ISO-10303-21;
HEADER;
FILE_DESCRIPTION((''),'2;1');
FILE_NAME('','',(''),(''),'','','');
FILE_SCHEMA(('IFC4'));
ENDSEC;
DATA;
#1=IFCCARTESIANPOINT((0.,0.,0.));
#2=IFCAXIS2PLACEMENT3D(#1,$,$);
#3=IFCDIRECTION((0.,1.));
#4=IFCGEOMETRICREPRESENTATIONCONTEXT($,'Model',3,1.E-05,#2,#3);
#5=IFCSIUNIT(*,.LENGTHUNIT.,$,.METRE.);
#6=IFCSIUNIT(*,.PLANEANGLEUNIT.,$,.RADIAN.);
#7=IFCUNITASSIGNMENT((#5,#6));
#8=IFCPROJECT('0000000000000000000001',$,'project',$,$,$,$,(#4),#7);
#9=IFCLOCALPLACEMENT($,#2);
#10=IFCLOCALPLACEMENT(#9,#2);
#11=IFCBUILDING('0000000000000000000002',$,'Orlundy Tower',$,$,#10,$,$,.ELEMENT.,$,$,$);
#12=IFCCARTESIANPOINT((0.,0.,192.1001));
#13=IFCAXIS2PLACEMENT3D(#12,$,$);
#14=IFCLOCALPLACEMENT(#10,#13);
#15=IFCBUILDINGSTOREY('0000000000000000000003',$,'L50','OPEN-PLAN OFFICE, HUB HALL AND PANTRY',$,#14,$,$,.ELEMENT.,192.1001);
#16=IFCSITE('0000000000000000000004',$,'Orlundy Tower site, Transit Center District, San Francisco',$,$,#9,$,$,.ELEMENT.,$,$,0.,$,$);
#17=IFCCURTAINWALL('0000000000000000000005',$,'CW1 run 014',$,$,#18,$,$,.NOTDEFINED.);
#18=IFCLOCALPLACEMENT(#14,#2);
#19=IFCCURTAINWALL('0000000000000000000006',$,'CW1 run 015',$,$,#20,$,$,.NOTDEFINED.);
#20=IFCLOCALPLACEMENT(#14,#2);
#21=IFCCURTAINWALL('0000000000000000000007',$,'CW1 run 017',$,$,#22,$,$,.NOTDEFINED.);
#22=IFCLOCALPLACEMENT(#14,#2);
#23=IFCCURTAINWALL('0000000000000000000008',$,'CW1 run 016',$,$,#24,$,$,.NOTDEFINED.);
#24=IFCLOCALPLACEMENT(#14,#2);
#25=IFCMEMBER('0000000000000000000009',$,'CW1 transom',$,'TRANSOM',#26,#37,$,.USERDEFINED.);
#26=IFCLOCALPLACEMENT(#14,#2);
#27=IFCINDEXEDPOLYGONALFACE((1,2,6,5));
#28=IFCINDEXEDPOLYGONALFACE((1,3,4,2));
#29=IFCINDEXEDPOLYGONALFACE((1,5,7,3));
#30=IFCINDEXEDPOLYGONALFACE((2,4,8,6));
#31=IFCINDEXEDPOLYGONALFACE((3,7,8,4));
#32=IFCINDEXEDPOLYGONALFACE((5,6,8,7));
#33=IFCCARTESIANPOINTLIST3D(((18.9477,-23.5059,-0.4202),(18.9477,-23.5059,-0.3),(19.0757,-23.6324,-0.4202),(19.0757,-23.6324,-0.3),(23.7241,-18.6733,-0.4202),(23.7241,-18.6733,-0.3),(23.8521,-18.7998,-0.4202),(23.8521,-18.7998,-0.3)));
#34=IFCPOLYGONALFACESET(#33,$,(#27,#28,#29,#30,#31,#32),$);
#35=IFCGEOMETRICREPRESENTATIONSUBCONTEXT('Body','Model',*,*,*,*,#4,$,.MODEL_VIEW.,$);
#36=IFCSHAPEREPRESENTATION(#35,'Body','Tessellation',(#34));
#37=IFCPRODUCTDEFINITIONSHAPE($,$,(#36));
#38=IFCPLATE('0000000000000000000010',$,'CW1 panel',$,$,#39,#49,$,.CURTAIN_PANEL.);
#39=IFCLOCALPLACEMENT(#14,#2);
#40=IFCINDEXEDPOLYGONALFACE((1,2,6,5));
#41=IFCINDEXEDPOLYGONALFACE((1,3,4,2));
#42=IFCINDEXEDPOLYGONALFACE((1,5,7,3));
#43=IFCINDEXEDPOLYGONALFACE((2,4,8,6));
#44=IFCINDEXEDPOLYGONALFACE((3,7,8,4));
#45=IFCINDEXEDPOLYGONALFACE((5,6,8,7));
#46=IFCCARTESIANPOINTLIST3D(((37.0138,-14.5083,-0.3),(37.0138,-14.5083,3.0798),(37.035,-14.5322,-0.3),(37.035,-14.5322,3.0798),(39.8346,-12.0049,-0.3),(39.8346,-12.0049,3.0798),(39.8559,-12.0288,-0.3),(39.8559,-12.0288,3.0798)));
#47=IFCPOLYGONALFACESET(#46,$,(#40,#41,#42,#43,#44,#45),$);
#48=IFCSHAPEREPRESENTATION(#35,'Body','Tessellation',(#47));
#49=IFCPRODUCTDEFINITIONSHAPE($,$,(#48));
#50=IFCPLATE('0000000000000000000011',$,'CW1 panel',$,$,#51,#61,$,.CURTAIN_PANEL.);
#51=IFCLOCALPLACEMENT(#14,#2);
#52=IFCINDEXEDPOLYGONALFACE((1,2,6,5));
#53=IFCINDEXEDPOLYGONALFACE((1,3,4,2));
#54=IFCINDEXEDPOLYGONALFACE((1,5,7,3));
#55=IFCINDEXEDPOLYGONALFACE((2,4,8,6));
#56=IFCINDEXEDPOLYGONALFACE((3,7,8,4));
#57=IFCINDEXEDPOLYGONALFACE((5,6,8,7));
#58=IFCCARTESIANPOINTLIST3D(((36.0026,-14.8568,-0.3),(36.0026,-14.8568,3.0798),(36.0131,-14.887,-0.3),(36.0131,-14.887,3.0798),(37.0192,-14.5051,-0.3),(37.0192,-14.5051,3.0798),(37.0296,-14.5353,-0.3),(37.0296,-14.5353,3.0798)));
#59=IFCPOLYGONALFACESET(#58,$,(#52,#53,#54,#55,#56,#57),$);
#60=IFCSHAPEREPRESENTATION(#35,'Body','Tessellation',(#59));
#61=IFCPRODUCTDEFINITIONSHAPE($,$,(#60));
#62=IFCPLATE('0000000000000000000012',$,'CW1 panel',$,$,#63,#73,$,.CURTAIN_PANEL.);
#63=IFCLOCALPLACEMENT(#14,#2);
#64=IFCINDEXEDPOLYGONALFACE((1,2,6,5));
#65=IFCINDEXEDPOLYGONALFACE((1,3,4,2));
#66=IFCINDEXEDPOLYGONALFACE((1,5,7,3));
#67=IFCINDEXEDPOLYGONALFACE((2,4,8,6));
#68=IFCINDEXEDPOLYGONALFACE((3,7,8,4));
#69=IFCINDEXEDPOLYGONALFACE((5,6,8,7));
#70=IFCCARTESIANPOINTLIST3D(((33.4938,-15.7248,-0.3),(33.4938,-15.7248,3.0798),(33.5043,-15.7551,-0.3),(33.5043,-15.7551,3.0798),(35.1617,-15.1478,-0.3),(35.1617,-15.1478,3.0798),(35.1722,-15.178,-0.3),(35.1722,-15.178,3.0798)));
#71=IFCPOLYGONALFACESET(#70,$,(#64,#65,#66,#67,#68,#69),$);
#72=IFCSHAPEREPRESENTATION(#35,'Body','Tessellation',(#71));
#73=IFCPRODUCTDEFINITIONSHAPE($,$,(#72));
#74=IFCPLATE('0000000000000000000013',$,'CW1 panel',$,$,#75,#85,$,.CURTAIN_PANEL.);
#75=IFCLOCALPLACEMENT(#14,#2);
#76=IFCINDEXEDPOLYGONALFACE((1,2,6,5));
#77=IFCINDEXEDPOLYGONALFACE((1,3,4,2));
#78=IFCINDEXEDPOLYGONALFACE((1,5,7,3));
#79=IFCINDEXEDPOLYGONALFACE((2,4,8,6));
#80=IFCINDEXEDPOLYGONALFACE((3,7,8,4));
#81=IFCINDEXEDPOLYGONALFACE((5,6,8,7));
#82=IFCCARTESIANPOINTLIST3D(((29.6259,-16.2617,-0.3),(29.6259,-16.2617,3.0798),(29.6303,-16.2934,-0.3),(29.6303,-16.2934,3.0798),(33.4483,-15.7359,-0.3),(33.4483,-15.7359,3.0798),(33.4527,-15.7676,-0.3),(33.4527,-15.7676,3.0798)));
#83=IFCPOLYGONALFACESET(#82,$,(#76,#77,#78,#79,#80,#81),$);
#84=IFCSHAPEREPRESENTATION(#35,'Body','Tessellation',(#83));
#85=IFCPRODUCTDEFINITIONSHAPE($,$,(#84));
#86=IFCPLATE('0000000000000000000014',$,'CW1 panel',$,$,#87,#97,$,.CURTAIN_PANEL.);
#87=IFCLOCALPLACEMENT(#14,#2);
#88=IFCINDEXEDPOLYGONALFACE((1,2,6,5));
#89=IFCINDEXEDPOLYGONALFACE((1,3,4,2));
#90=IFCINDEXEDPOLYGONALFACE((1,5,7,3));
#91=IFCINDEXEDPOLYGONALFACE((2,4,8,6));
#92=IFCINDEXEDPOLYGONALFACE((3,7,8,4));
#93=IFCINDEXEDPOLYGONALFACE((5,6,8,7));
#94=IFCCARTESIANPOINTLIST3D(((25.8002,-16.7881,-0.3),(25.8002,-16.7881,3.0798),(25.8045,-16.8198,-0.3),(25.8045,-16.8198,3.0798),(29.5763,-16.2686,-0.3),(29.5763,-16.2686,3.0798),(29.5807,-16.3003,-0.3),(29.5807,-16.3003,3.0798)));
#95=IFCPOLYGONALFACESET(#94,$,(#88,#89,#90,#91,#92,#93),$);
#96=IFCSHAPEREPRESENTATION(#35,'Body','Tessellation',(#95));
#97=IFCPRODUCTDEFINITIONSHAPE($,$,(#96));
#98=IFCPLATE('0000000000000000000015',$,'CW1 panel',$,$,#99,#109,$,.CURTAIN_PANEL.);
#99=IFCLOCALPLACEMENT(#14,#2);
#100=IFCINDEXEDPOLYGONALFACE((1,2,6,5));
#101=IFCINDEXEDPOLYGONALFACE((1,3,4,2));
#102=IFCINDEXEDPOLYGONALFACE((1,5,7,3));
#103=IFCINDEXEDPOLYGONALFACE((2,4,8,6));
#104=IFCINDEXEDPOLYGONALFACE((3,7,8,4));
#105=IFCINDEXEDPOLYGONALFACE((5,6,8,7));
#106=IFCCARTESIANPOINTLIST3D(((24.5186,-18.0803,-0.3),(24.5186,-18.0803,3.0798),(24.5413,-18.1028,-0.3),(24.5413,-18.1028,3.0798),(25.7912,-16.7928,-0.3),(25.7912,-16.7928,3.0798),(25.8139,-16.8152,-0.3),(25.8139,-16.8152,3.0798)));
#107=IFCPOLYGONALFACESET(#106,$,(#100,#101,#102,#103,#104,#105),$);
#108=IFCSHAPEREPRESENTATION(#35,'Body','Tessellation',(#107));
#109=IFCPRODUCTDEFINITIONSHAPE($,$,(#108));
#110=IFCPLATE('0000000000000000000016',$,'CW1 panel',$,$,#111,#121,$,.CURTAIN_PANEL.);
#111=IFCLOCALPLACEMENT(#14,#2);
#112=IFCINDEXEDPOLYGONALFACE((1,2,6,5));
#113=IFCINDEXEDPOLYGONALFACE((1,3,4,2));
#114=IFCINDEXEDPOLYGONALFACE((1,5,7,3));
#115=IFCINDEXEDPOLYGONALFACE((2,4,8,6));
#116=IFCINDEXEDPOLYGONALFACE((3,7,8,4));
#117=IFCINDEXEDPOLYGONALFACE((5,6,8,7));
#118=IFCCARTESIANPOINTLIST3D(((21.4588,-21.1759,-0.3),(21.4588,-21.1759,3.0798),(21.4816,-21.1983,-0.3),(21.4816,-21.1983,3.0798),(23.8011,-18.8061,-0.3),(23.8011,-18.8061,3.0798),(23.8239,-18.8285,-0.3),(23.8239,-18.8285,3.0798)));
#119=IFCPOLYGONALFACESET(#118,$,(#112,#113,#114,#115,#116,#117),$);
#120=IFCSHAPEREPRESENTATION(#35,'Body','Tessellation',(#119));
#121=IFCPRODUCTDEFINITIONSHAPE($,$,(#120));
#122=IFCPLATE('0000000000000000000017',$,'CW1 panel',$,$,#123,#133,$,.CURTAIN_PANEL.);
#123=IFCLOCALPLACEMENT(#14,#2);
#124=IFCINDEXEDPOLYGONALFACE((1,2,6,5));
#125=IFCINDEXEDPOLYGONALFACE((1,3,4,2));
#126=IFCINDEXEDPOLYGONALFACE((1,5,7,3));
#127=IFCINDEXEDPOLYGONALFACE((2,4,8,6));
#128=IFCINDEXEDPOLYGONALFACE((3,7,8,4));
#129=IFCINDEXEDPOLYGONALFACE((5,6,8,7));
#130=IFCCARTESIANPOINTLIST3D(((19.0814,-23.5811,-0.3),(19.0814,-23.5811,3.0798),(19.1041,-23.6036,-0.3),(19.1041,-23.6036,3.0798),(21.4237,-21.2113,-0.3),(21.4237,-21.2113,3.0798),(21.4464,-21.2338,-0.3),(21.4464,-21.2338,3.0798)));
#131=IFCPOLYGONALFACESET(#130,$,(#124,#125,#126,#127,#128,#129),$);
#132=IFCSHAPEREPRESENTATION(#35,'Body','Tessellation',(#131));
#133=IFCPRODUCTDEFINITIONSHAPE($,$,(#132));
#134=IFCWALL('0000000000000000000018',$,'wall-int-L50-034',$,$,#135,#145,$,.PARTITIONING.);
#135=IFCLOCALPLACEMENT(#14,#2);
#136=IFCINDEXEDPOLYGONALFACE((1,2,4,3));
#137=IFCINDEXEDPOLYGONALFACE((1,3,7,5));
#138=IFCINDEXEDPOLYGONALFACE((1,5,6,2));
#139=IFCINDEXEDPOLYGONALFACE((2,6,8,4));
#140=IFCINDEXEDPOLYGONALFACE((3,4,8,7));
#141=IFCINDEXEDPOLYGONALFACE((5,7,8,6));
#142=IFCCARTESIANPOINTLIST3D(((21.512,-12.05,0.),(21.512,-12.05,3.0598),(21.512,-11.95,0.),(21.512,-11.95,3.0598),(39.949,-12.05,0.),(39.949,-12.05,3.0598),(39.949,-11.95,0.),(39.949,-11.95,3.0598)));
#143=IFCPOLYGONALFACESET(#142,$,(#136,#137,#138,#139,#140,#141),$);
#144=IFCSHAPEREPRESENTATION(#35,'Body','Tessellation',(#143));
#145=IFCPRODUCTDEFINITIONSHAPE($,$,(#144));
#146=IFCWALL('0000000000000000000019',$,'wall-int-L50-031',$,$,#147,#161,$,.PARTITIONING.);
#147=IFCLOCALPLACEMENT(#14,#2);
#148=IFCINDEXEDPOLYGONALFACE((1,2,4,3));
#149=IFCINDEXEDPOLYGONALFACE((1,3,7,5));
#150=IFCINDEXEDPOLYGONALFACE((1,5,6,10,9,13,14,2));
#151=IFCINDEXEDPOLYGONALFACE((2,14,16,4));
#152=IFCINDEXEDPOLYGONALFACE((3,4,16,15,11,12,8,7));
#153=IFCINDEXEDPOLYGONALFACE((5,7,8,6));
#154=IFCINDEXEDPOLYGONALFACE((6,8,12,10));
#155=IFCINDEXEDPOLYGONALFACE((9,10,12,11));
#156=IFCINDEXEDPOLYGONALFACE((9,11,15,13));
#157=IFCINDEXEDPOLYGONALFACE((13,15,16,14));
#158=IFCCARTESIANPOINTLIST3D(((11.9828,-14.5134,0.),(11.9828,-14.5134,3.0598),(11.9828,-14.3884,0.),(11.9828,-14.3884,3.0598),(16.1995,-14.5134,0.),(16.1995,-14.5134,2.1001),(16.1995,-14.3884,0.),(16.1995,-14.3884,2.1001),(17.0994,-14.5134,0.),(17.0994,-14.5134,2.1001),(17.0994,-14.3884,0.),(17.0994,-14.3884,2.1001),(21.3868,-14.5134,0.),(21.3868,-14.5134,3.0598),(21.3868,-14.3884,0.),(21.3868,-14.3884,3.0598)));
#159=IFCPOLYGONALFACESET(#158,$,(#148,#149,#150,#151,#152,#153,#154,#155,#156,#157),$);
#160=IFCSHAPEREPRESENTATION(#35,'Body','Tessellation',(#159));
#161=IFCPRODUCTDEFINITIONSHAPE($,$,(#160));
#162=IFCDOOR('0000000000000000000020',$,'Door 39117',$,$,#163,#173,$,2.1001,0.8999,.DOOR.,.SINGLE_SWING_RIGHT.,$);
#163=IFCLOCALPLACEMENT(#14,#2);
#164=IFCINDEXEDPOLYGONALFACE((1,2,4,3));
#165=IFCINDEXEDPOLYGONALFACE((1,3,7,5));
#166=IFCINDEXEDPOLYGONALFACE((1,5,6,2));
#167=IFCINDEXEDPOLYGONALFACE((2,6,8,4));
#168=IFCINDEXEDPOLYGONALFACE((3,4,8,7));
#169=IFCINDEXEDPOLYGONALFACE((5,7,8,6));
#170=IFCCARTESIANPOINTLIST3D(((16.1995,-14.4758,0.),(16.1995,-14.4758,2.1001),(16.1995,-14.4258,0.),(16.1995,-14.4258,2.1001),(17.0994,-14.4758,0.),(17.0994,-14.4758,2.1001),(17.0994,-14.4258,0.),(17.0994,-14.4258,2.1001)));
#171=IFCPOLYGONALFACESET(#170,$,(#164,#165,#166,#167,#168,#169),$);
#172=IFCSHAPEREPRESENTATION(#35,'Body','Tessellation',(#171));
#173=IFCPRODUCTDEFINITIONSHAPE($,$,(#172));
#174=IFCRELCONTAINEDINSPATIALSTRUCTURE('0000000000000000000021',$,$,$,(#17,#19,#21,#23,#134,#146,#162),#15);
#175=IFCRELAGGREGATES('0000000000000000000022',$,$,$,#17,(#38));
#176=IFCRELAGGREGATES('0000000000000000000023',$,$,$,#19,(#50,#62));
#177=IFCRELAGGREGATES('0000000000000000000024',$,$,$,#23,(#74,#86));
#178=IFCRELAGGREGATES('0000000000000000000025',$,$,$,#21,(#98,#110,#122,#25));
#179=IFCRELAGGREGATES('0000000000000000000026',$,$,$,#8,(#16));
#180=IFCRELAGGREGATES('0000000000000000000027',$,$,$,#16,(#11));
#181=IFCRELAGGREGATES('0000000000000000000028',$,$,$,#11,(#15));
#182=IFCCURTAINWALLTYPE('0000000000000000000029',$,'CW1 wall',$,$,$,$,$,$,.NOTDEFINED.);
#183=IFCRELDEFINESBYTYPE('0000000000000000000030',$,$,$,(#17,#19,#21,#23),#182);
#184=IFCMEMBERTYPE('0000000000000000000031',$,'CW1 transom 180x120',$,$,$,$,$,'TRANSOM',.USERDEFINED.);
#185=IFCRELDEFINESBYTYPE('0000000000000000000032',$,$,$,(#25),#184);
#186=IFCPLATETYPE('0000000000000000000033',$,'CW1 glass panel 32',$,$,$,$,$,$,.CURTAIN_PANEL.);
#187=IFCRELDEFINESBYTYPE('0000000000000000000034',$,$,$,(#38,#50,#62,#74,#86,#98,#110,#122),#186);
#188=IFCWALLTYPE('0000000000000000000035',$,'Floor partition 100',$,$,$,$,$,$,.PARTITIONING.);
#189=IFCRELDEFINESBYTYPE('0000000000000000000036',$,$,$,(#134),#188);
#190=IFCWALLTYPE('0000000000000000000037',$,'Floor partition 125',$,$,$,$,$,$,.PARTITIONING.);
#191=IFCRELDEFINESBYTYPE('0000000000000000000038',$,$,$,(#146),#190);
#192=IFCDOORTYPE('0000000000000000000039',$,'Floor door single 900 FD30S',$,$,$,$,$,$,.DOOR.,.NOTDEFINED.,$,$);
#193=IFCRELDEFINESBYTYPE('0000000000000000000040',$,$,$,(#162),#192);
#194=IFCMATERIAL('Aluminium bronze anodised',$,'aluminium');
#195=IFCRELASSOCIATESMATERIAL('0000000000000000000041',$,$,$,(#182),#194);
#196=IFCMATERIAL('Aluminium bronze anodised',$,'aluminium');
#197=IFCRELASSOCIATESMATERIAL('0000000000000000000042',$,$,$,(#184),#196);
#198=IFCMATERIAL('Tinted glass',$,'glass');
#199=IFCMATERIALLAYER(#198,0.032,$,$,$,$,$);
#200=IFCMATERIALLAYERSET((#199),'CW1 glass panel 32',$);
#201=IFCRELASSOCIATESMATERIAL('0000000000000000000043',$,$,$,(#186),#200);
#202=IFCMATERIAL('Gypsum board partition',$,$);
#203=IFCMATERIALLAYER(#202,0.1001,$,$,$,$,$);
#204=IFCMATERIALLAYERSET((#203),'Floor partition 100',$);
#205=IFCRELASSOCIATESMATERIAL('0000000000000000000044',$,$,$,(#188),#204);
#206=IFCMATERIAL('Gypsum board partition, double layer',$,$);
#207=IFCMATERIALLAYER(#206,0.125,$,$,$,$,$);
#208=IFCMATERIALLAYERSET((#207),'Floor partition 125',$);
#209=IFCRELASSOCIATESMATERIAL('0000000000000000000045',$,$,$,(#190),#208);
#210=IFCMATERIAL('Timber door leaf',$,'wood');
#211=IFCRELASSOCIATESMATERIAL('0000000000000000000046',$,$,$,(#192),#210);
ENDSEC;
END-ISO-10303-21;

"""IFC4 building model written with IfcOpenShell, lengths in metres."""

from ifc_helpers import new_model, si_unit, direction, frame, frame_2d, origin, origin_2d, place, context, subcontext, project, spatial, rectangle, extrude, material, layer, layer_set, material_profile, profile_set, type_object, element, fill, aggregate, save


model = new_model("IFC4")

# Units and contexts
model_context = context("Model", 3, precision=1e-05, world=origin(), true_north=direction((0.0, 1.0)))
body_context = subcontext(model_context, "Body", "Model", "MODEL_VIEW")
ifc_project = project(units=[si_unit("LENGTHUNIT", "METRE"), si_unit("PLANEANGLEUNIT", "RADIAN")], contexts=[model_context])

# Site, building, storey
site_placement = place(None, origin())
site = spatial("IfcSite", under=ifc_project, at=site_placement, Name="Orlundy Tower site, Transit Center District, San Francisco", CompositionType="ELEMENT", RefElevation=0.0)
building_placement = place(site_placement, origin())
building = spatial("IfcBuilding", under=site, at=building_placement, Name="Orlundy Tower", CompositionType="ELEMENT")
storey_placement = place(building_placement, frame((0.0, 0.0, 192.1001)))
storey = spatial("IfcBuildingStorey", under=building, at=storey_placement, Name="L50", Description="OPEN-PLAN OFFICE, HUB HALL AND PANTRY", CompositionType="ELEMENT", Elevation=192.1001)

# Curtain walls
ifc_material_1 = material(Name="Aluminium bronze anodised", Category="aluminium")
curtain_wall_type = type_object("IfcCurtainWallType", Name="CW1 wall", PredefinedType="NOTDEFINED", material=ifc_material_1)
curtain_wall_1_placement = place(storey_placement, origin())
curtain_wall_1 = element("IfcCurtainWall", 1, at=curtain_wall_1_placement, inside=storey, type_object=curtain_wall_type, Name="CW1 run 014", PredefinedType="NOTDEFINED")
curtain_wall_2_placement = place(storey_placement, origin())
curtain_wall_2 = element("IfcCurtainWall", 2, at=curtain_wall_2_placement, inside=storey, type_object=curtain_wall_type, Name="CW1 run 015", PredefinedType="NOTDEFINED")
curtain_wall_3_placement = place(storey_placement, origin())
curtain_wall_3 = element("IfcCurtainWall", 3, at=curtain_wall_3_placement, inside=storey, type_object=curtain_wall_type, Name="CW1 run 017", PredefinedType="NOTDEFINED")

# Curtain wall
curtain_wall_4_placement = place(storey_placement, origin())
curtain_wall_4 = element("IfcCurtainWall", 4, at=curtain_wall_4_placement, inside=storey, type_object=curtain_wall_type, Name="CW1 run 016", PredefinedType="NOTDEFINED")

# Member
ifc_material_2 = material(Name="Aluminium bronze anodised", Category="aluminium")
ifc_material_profile_1 = material_profile(ifc_material_2, rectangle(XDim=0.1799, YDim=0.1201, at=origin_2d()), Name="CW1 transom 180x120")
ifc_profile_set_1 = profile_set([ifc_material_profile_1], Name="Aluminium bronze anodised")
member_type_1 = type_object("IfcMemberType", Name="CW1 transom 180x120", ElementType="TRANSOM", PredefinedType="USERDEFINED", material=ifc_profile_set_1)
member_1_placement = place(storey_placement, frame((23.7881, -18.7366, -0.3601), z_axis=(-0.702963, -0.711227, 0.0), x_axis=(0.711227, -0.702963, 0.0)))
member_1 = element("IfcMember", 5, at=member_1_placement, type_object=member_type_1, Name="CW1 transom", ObjectType="TRANSOM", PredefinedType="USERDEFINED", context=body_context, shape_type="SweptSolid", body=[
    extrude(rectangle(XDim=0.1799, YDim=0.1201, at=origin_2d()), origin(), (0.0, 0.0, 1.0), 6.7947),
])

# Plates
ifc_material_3 = material(Name="Tinted glass", Category="glass")
ifc_layer_1 = layer(ifc_material_3, 0.032)
ifc_layer_set_1 = layer_set([ifc_layer_1], Name="CW1 glass panel 32")
plate_type = type_object("IfcPlateType", Name="CW1 glass panel 32", PredefinedType="CURTAIN_PANEL", material=ifc_layer_set_1)
plate_1_placement = place(storey_placement, frame((38.4348, -13.2686, -0.3), z_axis=(0.0, 0.0, 1.0), x_axis=(-0.747945, -0.663761, 0.0)))
plate_1 = element("IfcPlate", 6, at=plate_1_placement, type_object=plate_type, Name="CW1 panel", PredefinedType="CURTAIN_PANEL", context=body_context, shape_type="SweptSolid", body=[
    extrude(rectangle(XDim=3.7715, YDim=0.032, at=origin_2d()), origin(), (0.0, 0.0, 1.0), 3.3799),
])
aggregate(curtain_wall_1, [plate_1])
plate_2_placement = place(storey_placement, frame((36.5161, -14.696, -0.3), z_axis=(0.0, 0.0, 1.0), x_axis=(-0.945034, -0.326972, 0.0)))
plate_2 = element("IfcPlate", 7, at=plate_2_placement, type_object=plate_type, Name="CW1 panel", PredefinedType="CURTAIN_PANEL", context=body_context, shape_type="SweptSolid", body=[
    extrude(rectangle(XDim=1.0757, YDim=0.032, at=origin_2d()), origin(), (0.0, 0.0, 1.0), 3.3799),
])
plate_3_placement = place(storey_placement, frame((34.333, -15.4514, -0.3), z_axis=(0.0, 0.0, 1.0), x_axis=(-0.945034, -0.326972, 0.0)))
plate_3 = element("IfcPlate", 8, at=plate_3_placement, type_object=plate_type, Name="CW1 panel", PredefinedType="CURTAIN_PANEL", context=body_context, shape_type="SweptSolid", body=[
    extrude(rectangle(XDim=1.7649, YDim=0.032, at=origin_2d()), origin(), (0.0, 0.0, 1.0), 3.3799),
])
aggregate(curtain_wall_2, [plate_2, plate_3])
plate_4_placement = place(storey_placement, frame((31.5393, -16.0146, -0.3), z_axis=(0.0, 0.0, 1.0), x_axis=(-0.990668, -0.136294, 0.0)))
plate_4 = element("IfcPlate", 9, at=plate_4_placement, type_object=plate_type, Name="CW1 panel", PredefinedType="CURTAIN_PANEL", context=body_context, shape_type="SweptSolid", body=[
    extrude(rectangle(XDim=3.8584, YDim=0.032, at=origin_2d()), origin(), (0.0, 0.0, 1.0), 3.3799),
])
plate_5_placement = place(storey_placement, frame((27.6904, -16.5442, -0.3), z_axis=(0.0, 0.0, 1.0), x_axis=(-0.990668, -0.136294, 0.0)))
plate_5 = element("IfcPlate", 10, at=plate_5_placement, type_object=plate_type, Name="CW1 panel", PredefinedType="CURTAIN_PANEL", context=body_context, shape_type="SweptSolid", body=[
    extrude(rectangle(XDim=3.8118, YDim=0.032, at=origin_2d()), origin(), (0.0, 0.0, 1.0), 3.3799),
])
aggregate(curtain_wall_4, [plate_4, plate_5])
plate_6_placement = place(storey_placement, frame((25.1663, -17.4478, -0.3), z_axis=(0.0, 0.0, 1.0), x_axis=(-0.70297, -0.711219, 0.0)))
plate_6 = element("IfcPlate", 11, at=plate_6_placement, type_object=plate_type, Name="CW1 panel", PredefinedType="CURTAIN_PANEL", context=body_context, shape_type="SweptSolid", body=[
    extrude(rectangle(XDim=1.8103, YDim=0.032, at=origin_2d()), origin(), (0.0, 0.0, 1.0), 3.3799),
])
plate_7_placement = place(storey_placement, frame((22.6414, -20.0022, -0.3), z_axis=(0.0, 0.0, 1.0), x_axis=(-0.70297, -0.711219, 0.0)))
plate_7 = element("IfcPlate", 12, at=plate_7_placement, type_object=plate_type, Name="CW1 panel", PredefinedType="CURTAIN_PANEL", context=body_context, shape_type="SweptSolid", body=[
    extrude(rectangle(XDim=3.332, YDim=0.032, at=origin_2d()), origin(), (0.0, 0.0, 1.0), 3.3799),
])
plate_8_placement = place(storey_placement, frame((20.2639, -22.4075, -0.3), z_axis=(0.0, 0.0, 1.0), x_axis=(-0.70297, -0.711219, 0.0)))
plate_8 = element("IfcPlate", 13, at=plate_8_placement, type_object=plate_type, Name="CW1 panel", PredefinedType="CURTAIN_PANEL", context=body_context, shape_type="SweptSolid", body=[
    extrude(rectangle(XDim=3.332, YDim=0.032, at=origin_2d()), origin(), (0.0, 0.0, 1.0), 3.3799),
])
aggregate(curtain_wall_3, [plate_6, plate_7, plate_8, member_1])

# Wall
ifc_material_4 = material(Name="Gypsum board partition")
ifc_layer_2 = layer(ifc_material_4, 0.1001)
ifc_layer_set_2 = layer_set([ifc_layer_2], Name="Floor partition 100")
wall_type_1 = type_object("IfcWallType", Name="Floor partition 100", PredefinedType="PARTITIONING", material=ifc_layer_set_2)
wall_1_placement = place(storey_placement, frame((21.512, -12.0, 0.0), z_axis=(0.0, 0.0, 1.0), x_axis=(1.0, 0.0, 0.0)))
element("IfcWall", 14, at=wall_1_placement, inside=storey, type_object=wall_type_1, Name="wall-int-L50-034", PredefinedType="PARTITIONING", context=body_context, shape_type="SweptSolid", body=[
    extrude(rectangle(XDim=18.437, YDim=0.1001, at=frame_2d((9.2185, 0.0))), origin(), (0.0, 0.0, 1.0), 3.0598),
])

# Wall, opening, door
ifc_material_5 = material(Name="Gypsum board partition, double layer")
ifc_layer_3 = layer(ifc_material_5, 0.125)
ifc_layer_set_3 = layer_set([ifc_layer_3], Name="Floor partition 125")
wall_type_2 = type_object("IfcWallType", Name="Floor partition 125", PredefinedType="PARTITIONING", material=ifc_layer_set_3)
wall_2_placement = place(storey_placement, frame((21.387, -14.4509, 0.0), z_axis=(0.0, 0.0, 1.0), x_axis=(-1.0, 0.0, 0.0)))
wall_2 = element("IfcWall", 15, at=wall_2_placement, inside=storey, type_object=wall_type_2, Name="wall-int-L50-031", PredefinedType="PARTITIONING", context=body_context, shape_type="SweptSolid", body=[
    extrude(rectangle(XDim=9.4041, YDim=0.125, at=frame_2d((4.7021, 0.0))), origin(), (0.0, 0.0, 1.0), 3.0598),
])
opening_placement = place(wall_2_placement, frame((4.2876, 0.0, 0.0)))
opening = element("IfcOpeningElement", 16, at=opening_placement, cuts=wall_2, PredefinedType="OPENING", context=body_context, shape_type="SweptSolid", body=[
    extrude(rectangle(XDim=0.8999, YDim=2.1001, at=frame_2d((0.45, 1.05))), frame((0.0, 0.0725, 0.0), z_axis=(0.0, -1.0, 0.0), x_axis=(1.0, 0.0, 0.0)), (0.0, 0.0, 1.0), 0.145),
])
ifc_material_6 = material(Name="Timber door leaf", Category="wood")
door_type = type_object("IfcDoorType", Name="Floor door single 900 FD30S", OperationType="NOTDEFINED", PredefinedType="DOOR", material=ifc_material_6)
door_placement = place(opening_placement, origin())
door = element("IfcDoor", 17, at=door_placement, inside=storey, type_object=door_type, Name="Door 39117", OperationType="SINGLE_SWING_RIGHT", OverallHeight=2.1001, OverallWidth=0.8999, PredefinedType="DOOR", context=body_context, shape_type="SweptSolid", body=[
    extrude(rectangle(XDim=0.8999, YDim=2.1001, at=frame_2d((0.45, 1.05))), frame((0.0, 0.0249, 0.0), z_axis=(0.0, -1.0, 0.0), x_axis=(1.0, 0.0, 0.0)), (0.0, 0.0, 1.0), 0.05),
])
fill(opening, door)

save(model, "model.ifc")
